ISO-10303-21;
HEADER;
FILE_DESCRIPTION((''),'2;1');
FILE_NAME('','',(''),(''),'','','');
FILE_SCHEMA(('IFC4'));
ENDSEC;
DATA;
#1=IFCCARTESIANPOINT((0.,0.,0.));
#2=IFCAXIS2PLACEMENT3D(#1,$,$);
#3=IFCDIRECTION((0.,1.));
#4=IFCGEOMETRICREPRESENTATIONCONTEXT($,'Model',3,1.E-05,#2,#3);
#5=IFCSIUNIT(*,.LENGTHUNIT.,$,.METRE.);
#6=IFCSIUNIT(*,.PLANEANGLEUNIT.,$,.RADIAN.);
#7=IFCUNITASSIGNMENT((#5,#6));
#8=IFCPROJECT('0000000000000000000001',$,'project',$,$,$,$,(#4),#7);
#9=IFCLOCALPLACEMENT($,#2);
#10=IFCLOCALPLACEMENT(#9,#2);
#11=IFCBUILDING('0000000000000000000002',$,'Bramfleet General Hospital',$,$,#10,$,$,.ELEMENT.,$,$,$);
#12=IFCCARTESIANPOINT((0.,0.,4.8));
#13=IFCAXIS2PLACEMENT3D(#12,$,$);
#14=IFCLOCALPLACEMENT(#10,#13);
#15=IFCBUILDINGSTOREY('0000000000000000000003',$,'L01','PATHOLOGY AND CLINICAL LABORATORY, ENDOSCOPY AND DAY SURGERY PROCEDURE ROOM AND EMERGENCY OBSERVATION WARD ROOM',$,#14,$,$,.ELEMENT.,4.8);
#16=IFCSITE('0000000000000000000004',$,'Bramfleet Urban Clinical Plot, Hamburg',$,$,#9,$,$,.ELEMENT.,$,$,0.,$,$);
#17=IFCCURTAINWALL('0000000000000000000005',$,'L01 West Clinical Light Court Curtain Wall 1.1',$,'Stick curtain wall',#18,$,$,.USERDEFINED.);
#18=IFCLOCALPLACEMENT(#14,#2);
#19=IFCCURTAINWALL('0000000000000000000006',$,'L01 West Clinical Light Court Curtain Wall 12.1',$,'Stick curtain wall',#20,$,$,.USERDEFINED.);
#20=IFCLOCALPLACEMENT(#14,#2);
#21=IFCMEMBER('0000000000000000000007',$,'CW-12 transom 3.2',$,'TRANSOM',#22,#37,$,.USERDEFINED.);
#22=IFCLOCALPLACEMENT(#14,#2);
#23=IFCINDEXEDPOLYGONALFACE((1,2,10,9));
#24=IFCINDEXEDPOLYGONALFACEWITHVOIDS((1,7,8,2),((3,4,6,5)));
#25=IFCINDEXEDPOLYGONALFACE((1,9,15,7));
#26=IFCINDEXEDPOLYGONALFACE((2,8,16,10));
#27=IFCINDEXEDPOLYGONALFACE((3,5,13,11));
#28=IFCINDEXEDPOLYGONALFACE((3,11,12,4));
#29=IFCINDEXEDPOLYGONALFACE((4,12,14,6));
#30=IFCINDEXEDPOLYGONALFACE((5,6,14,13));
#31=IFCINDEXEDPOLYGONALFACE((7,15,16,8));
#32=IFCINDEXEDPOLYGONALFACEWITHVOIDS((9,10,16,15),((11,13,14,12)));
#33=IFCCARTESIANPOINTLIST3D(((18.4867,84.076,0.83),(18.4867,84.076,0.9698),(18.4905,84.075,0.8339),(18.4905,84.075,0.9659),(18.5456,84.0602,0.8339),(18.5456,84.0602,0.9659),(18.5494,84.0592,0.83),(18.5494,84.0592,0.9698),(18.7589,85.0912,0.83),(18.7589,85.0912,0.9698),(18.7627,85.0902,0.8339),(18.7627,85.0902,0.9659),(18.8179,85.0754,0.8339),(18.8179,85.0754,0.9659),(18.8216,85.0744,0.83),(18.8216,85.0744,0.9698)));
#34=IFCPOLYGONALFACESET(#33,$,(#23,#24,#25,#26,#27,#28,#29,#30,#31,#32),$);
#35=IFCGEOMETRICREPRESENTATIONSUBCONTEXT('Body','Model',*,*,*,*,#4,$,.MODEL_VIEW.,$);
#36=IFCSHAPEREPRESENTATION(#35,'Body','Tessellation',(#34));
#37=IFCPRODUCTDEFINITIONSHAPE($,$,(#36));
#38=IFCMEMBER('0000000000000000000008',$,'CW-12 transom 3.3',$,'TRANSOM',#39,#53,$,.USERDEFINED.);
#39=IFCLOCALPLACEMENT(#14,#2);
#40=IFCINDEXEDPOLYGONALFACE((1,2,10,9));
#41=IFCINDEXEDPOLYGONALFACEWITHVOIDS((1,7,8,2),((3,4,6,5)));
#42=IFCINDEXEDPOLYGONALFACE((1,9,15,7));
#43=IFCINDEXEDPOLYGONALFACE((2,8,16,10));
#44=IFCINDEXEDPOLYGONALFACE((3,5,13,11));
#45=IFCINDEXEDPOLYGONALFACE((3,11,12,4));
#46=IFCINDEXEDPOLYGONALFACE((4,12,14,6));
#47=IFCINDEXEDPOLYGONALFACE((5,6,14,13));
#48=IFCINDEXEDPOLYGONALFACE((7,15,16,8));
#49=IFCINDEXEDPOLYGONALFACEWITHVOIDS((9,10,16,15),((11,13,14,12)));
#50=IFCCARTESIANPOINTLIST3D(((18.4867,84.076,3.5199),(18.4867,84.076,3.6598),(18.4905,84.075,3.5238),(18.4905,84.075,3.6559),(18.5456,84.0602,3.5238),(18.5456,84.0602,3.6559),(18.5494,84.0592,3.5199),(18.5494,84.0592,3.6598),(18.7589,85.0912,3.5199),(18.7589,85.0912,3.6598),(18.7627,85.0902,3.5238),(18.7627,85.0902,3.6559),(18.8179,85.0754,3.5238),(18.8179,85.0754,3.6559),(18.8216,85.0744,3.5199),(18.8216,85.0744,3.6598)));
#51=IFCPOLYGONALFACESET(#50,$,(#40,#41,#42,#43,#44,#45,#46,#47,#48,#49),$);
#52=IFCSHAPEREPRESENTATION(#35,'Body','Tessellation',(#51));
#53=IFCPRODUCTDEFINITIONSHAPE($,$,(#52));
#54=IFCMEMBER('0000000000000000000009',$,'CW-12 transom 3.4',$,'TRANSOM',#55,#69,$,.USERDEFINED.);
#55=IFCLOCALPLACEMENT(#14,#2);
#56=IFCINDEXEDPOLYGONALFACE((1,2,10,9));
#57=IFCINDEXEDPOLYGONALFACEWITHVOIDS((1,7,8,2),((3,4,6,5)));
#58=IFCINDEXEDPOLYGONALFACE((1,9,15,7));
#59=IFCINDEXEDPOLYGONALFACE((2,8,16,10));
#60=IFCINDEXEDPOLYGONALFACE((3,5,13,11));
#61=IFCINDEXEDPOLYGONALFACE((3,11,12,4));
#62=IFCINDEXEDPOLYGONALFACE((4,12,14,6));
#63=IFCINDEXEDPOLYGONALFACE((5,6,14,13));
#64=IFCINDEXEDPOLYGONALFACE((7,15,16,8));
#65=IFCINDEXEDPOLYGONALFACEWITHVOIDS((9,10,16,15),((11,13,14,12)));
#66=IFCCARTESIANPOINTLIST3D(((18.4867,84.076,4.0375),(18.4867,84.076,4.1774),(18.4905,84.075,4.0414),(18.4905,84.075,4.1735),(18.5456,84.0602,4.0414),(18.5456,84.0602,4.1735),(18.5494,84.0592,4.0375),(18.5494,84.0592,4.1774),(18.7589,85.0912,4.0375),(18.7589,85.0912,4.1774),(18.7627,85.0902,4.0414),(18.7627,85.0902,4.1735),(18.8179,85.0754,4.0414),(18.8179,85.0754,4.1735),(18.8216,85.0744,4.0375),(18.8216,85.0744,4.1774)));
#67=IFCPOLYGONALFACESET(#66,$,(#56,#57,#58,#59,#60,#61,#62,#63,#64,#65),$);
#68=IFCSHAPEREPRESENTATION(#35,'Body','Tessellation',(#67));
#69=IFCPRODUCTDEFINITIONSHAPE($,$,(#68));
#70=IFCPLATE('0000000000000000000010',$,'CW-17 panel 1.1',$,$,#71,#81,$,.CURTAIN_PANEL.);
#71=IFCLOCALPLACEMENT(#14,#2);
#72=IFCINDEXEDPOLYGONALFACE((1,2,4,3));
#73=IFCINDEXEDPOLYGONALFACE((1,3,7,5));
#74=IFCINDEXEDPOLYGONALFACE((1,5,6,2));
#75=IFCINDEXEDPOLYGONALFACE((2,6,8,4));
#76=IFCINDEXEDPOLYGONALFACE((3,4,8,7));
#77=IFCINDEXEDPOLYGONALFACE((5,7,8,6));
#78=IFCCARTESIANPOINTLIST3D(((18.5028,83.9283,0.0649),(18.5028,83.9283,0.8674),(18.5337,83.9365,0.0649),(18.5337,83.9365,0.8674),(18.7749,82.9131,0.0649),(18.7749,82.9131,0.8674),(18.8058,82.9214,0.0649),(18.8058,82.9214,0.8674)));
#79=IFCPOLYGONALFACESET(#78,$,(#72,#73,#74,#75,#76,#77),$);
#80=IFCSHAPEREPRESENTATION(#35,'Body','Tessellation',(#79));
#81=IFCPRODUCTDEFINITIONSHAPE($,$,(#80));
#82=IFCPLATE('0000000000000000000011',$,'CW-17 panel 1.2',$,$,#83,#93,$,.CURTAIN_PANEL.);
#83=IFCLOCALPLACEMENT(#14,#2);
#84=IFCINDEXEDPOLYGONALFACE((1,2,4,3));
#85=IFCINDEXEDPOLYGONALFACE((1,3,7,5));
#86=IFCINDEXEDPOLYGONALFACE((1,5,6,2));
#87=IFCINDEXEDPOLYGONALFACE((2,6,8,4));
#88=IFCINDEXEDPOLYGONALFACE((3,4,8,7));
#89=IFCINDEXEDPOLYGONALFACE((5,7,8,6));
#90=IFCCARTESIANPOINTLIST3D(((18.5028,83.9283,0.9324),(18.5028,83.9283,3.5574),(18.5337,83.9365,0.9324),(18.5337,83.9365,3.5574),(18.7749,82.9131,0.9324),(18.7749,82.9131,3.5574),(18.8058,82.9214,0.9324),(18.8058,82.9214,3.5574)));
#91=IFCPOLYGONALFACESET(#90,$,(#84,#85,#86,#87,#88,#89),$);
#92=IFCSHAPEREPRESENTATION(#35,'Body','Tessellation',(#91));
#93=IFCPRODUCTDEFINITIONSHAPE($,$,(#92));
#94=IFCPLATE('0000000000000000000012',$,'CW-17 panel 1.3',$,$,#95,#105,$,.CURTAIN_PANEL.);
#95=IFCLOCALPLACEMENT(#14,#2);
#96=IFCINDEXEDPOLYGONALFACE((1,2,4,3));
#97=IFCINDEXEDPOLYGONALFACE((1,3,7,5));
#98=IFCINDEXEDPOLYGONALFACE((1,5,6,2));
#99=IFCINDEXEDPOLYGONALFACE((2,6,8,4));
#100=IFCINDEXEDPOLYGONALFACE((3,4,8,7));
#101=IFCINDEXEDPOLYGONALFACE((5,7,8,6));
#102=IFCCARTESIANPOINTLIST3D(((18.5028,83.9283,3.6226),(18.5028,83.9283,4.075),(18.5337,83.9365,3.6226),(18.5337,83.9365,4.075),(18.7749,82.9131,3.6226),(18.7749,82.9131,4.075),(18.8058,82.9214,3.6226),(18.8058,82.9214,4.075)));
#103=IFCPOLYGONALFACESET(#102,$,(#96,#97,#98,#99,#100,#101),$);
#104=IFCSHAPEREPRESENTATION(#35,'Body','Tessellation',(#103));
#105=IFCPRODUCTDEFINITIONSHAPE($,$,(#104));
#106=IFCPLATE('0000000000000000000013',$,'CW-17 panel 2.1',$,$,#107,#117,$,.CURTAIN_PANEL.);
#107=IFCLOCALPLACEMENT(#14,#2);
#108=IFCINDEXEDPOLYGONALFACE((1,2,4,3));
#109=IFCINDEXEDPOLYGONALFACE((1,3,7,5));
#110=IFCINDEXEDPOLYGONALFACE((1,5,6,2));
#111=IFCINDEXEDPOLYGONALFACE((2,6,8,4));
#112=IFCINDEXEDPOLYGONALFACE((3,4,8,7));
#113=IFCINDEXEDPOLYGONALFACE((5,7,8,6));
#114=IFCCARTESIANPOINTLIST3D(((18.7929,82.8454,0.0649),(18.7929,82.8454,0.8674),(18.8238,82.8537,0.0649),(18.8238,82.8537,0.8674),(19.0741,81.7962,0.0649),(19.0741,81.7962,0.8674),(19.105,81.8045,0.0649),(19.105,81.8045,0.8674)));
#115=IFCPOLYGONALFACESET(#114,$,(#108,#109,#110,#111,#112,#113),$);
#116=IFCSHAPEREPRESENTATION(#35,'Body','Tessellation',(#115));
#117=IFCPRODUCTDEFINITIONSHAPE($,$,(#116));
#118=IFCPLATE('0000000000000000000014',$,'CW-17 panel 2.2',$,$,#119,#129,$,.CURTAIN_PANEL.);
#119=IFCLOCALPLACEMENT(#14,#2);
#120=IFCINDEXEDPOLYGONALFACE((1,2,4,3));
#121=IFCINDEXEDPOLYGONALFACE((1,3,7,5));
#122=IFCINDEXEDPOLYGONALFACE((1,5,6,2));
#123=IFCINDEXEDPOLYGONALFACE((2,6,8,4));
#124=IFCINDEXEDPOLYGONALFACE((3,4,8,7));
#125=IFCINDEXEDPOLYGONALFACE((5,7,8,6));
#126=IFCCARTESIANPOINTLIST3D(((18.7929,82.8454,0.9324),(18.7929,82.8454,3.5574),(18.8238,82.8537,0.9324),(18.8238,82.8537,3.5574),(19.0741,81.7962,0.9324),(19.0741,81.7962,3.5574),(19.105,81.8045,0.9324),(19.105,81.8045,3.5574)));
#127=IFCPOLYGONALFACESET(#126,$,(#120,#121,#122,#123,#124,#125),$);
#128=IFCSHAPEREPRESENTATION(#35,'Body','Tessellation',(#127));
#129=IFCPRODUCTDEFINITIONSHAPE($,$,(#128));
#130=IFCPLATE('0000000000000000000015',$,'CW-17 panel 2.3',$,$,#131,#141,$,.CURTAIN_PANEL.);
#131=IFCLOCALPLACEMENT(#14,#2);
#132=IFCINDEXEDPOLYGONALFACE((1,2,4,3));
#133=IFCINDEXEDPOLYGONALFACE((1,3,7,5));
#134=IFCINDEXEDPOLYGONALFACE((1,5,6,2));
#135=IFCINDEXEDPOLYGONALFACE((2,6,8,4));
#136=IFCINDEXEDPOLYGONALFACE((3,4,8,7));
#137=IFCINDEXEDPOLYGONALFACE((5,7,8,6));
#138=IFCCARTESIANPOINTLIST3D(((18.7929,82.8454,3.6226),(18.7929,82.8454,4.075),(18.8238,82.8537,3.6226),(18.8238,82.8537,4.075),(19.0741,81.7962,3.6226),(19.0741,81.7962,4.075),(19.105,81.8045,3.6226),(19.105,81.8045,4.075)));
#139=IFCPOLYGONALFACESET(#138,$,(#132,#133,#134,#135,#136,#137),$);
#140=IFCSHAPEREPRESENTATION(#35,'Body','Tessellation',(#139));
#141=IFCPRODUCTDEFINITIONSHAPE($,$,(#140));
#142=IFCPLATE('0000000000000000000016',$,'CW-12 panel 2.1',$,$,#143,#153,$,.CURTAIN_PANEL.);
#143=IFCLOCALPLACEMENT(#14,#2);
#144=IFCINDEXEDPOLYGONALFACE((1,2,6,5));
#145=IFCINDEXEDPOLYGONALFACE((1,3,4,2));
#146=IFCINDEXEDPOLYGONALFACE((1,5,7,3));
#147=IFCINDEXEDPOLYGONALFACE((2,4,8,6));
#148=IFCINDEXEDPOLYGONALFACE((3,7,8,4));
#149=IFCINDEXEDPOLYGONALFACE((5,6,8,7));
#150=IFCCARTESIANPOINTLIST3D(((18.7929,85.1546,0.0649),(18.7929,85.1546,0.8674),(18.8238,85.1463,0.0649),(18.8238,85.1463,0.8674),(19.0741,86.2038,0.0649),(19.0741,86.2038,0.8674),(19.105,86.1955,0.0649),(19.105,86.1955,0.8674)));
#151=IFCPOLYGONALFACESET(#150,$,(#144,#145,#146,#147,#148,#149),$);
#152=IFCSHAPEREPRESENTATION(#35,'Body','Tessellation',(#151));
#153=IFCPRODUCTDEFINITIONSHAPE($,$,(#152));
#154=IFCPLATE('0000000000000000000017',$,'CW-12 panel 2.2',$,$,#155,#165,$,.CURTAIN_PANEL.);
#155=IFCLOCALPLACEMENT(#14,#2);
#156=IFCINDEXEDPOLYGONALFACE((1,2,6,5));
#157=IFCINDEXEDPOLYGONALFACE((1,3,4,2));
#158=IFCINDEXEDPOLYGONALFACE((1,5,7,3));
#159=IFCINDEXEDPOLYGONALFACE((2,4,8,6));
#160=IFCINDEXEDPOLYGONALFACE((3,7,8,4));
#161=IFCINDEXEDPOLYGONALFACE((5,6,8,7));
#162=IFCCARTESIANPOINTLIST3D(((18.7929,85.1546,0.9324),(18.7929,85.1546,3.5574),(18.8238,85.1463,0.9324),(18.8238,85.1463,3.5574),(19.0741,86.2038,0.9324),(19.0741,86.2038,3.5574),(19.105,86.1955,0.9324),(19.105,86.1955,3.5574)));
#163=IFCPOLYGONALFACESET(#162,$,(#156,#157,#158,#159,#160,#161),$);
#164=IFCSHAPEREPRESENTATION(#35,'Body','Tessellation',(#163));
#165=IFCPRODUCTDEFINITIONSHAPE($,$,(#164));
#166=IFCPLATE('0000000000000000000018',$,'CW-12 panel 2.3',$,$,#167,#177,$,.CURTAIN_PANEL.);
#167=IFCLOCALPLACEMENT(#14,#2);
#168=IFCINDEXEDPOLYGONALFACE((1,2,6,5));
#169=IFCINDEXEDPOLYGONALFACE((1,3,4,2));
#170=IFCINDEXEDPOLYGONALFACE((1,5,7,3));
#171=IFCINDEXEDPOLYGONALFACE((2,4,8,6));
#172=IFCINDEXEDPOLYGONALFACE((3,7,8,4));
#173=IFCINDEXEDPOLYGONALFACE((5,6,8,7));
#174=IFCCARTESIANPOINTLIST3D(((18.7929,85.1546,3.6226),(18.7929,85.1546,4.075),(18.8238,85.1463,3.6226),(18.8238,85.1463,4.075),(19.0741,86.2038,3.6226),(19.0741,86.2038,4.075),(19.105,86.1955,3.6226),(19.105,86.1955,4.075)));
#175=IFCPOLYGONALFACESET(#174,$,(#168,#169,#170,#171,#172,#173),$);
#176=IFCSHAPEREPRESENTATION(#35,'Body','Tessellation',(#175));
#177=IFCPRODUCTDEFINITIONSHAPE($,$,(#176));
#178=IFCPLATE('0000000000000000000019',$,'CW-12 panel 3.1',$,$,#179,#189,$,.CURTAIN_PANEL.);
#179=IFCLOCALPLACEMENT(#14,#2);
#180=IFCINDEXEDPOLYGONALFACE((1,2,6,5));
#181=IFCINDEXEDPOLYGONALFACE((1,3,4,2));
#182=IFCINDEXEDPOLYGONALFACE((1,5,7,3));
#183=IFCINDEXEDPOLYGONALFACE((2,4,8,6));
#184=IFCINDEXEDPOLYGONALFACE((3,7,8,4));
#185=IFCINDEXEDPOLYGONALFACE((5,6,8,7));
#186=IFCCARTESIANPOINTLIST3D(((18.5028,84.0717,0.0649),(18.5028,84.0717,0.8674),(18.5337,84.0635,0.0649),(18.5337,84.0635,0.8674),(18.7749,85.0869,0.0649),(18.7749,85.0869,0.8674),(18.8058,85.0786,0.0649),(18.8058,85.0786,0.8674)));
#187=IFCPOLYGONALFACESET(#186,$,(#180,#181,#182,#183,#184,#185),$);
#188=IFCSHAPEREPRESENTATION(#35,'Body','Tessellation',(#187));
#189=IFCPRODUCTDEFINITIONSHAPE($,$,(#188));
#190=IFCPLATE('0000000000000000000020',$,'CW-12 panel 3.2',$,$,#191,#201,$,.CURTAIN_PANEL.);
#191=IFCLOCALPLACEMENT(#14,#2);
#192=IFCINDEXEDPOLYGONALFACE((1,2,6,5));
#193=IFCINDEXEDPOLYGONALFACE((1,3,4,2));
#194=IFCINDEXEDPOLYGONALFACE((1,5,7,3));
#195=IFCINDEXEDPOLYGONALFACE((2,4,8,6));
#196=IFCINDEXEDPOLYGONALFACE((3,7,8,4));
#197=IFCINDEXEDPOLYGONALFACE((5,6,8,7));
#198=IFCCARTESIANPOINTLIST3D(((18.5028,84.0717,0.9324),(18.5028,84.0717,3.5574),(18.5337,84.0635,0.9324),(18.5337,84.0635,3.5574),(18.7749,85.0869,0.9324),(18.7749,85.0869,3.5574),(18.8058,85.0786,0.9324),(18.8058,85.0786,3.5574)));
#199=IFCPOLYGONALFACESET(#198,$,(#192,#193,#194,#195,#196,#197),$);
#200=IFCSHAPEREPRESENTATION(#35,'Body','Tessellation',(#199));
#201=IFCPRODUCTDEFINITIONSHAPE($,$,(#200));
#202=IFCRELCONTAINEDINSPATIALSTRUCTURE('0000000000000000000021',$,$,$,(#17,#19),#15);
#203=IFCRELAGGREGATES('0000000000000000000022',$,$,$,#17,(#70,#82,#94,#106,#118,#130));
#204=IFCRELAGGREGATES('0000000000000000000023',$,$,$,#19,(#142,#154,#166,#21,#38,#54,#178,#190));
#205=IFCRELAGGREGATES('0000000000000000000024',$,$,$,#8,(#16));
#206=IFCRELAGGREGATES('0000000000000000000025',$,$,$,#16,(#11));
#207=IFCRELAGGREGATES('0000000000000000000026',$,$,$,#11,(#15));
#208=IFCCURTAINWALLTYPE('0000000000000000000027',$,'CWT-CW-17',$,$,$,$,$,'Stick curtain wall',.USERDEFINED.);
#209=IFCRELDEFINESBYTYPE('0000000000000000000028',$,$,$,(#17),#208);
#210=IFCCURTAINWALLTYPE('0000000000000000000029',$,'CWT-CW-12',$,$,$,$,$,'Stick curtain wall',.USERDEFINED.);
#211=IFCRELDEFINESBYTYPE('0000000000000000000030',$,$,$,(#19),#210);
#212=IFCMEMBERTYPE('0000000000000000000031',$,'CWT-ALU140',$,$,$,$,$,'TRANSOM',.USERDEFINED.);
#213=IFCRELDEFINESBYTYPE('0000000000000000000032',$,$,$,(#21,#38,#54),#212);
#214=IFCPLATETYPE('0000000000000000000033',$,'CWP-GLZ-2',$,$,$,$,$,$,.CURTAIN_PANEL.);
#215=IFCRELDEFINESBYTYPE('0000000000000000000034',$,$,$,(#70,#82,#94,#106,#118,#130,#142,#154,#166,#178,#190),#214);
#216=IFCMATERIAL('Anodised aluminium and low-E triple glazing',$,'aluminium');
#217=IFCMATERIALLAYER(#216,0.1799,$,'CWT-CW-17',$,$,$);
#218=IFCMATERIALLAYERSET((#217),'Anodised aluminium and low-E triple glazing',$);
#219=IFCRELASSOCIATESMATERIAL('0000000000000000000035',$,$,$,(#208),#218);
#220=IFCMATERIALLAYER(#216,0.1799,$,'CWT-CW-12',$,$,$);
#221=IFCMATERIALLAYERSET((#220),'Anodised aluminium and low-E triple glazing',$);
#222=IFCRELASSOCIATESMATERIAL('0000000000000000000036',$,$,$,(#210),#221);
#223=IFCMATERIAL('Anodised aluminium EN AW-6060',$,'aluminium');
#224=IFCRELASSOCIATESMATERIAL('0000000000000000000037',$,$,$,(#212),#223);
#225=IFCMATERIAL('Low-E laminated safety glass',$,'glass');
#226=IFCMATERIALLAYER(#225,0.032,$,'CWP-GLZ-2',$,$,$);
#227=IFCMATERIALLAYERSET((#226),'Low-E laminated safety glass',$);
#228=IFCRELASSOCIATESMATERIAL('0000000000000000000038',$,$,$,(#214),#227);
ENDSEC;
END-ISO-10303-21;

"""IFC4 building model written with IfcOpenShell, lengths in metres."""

from ifc_helpers import new_model, si_unit, direction, frame, origin, origin_2d, place, context, subcontext, project, spatial, rectangle, hollow_rectangle, extrude, material, layer, layer_set, material_profile, profile_set, type_object, element, aggregate, save


model = new_model("IFC4")

# Units and contexts
model_context = context("Model", 3, precision=1e-05, world=origin(), true_north=direction((0.0, 1.0)))
body_context = subcontext(model_context, "Body", "Model", "MODEL_VIEW")
ifc_project = project(units=[si_unit("LENGTHUNIT", "METRE"), si_unit("PLANEANGLEUNIT", "RADIAN")], contexts=[model_context])

# Site, building, storey
site_placement = place(None, origin())
site = spatial("IfcSite", under=ifc_project, at=site_placement, Name="Bramfleet Urban Clinical Plot, Hamburg", CompositionType="ELEMENT", RefElevation=0.0)
building_placement = place(site_placement, origin())
building = spatial("IfcBuilding", under=site, at=building_placement, Name="Bramfleet General Hospital", CompositionType="ELEMENT")
storey_placement = place(building_placement, frame((0.0, 0.0, 4.8)))
storey = spatial("IfcBuildingStorey", under=building, at=storey_placement, Name="L01", Description="PATHOLOGY AND CLINICAL LABORATORY, ENDOSCOPY AND DAY SURGERY PROCEDURE ROOM AND EMERGENCY OBSERVATION WARD ROOM", CompositionType="ELEMENT", Elevation=4.8)

# Curtain walls
ifc_material_1 = material(Name="Anodised aluminium and low-E triple glazing", Category="aluminium")
ifc_layer_1 = layer(ifc_material_1, 0.1799, Name="CWT-CW-17")
ifc_layer_set_1 = layer_set([ifc_layer_1], Name="Anodised aluminium and low-E triple glazing")
curtain_wall_type_1 = type_object("IfcCurtainWallType", Name="CWT-CW-17", ElementType="Stick curtain wall", PredefinedType="USERDEFINED", material=ifc_layer_set_1)
curtain_wall_1_placement = place(storey_placement, origin())
curtain_wall_1 = element("IfcCurtainWall", 1, at=curtain_wall_1_placement, inside=storey, type_object=curtain_wall_type_1, Name="L01 West Clinical Light Court Curtain Wall 1.1", ObjectType="Stick curtain wall", PredefinedType="USERDEFINED")
ifc_material_2 = material(Name="Anodised aluminium EN AW-6060", Category="aluminium")
ifc_layer_2 = layer(ifc_material_1, 0.1799, Name="CWT-CW-12")
ifc_layer_set_2 = layer_set([ifc_layer_2], Name="Anodised aluminium and low-E triple glazing")
curtain_wall_type_2 = type_object("IfcCurtainWallType", Name="CWT-CW-12", ElementType="Stick curtain wall", PredefinedType="USERDEFINED", material=ifc_layer_set_2)
curtain_wall_2_placement = place(storey_placement, origin())
curtain_wall_2 = element("IfcCurtainWall", 2, at=curtain_wall_2_placement, inside=storey, type_object=curtain_wall_type_2, Name="L01 West Clinical Light Court Curtain Wall 12.1", ObjectType="Stick curtain wall", PredefinedType="USERDEFINED")

# Members
ifc_material_profile_1 = material_profile(ifc_material_2, hollow_rectangle(XDim=0.0649, YDim=0.1399, WallThickness=0.0039, at=origin_2d()), Name="ALU 140x65x4.0")
ifc_profile_set_1 = profile_set([ifc_material_profile_1], Name="Anodised aluminium EN AW-6060")
member_type_1 = type_object("IfcMemberType", Name="CWT-ALU140", ElementType="TRANSOM", PredefinedType="USERDEFINED", material=ifc_profile_set_1)
member_1_placement = place(storey_placement, frame((18.7903, 85.0828, 0.8999), z_axis=(-0.259007, -0.965875, 0.0), x_axis=(0.965875, -0.259007, 0.0)))
member_1 = element("IfcMember", 3, at=member_1_placement, type_object=member_type_1, Name="CW-12 transom 3.2", ObjectType="TRANSOM", PredefinedType="USERDEFINED", context=body_context, shape_type="SweptSolid", body=[
    extrude(hollow_rectangle(XDim=0.0649, YDim=0.1399, WallThickness=0.0039, at=origin_2d()), origin(), (0.0, 0.0, 1.0), 1.051),
])
member_2_placement = place(storey_placement, frame((18.7903, 85.0828, 3.5898), z_axis=(-0.259007, -0.965875, 0.0), x_axis=(0.965875, -0.259007, 0.0)))
member_2 = element("IfcMember", 4, at=member_2_placement, type_object=member_type_1, Name="CW-12 transom 3.3", ObjectType="TRANSOM", PredefinedType="USERDEFINED", context=body_context, shape_type="SweptSolid", body=[
    extrude(hollow_rectangle(XDim=0.0649, YDim=0.1399, WallThickness=0.0039, at=origin_2d()), origin(), (0.0, 0.0, 1.0), 1.051),
])
member_3_placement = place(storey_placement, frame((18.7903, 85.0828, 4.1074), z_axis=(-0.259007, -0.965875, 0.0), x_axis=(0.965875, -0.259007, 0.0)))
member_3 = element("IfcMember", 5, at=member_3_placement, type_object=member_type_1, Name="CW-12 transom 3.4", ObjectType="TRANSOM", PredefinedType="USERDEFINED", context=body_context, shape_type="SweptSolid", body=[
    extrude(hollow_rectangle(XDim=0.0649, YDim=0.1399, WallThickness=0.0039, at=origin_2d()), origin(), (0.0, 0.0, 1.0), 1.051),
])

# Plates
ifc_material_3 = material(Name="Low-E laminated safety glass", Category="glass")
ifc_layer_3 = layer(ifc_material_3, 0.032, Name="CWP-GLZ-2")
ifc_layer_set_3 = layer_set([ifc_layer_3], Name="Low-E laminated safety glass")
plate_type = type_object("IfcPlateType", Name="CWP-GLZ-2", PredefinedType="CURTAIN_PANEL", material=ifc_layer_set_3)
plate_1_placement = place(storey_placement, frame((18.6543, 83.4248, 0.0649), z_axis=(0.0, 0.0, 1.0), x_axis=(0.258919, -0.965899, 0.0)))
plate_1 = element("IfcPlate", 6, at=plate_1_placement, type_object=plate_type, Name="CW-17 panel 1.1", PredefinedType="CURTAIN_PANEL", context=body_context, shape_type="SweptSolid", body=[
    extrude(rectangle(XDim=1.051, YDim=0.032, at=origin_2d()), origin(), (0.0, 0.0, 1.0), 0.8025),
])
plate_2_placement = place(storey_placement, frame((18.6543, 83.4248, 0.9324), z_axis=(0.0, 0.0, 1.0), x_axis=(0.258919, -0.965899, 0.0)))
plate_2 = element("IfcPlate", 7, at=plate_2_placement, type_object=plate_type, Name="CW-17 panel 1.2", PredefinedType="CURTAIN_PANEL", context=body_context, shape_type="SweptSolid", body=[
    extrude(rectangle(XDim=1.051, YDim=0.032, at=origin_2d()), origin(), (0.0, 0.0, 1.0), 2.625),
])
plate_3_placement = place(storey_placement, frame((18.6543, 83.4248, 3.6226), z_axis=(0.0, 0.0, 1.0), x_axis=(0.258919, -0.965899, 0.0)))
plate_3 = element("IfcPlate", 8, at=plate_3_placement, type_object=plate_type, Name="CW-17 panel 1.3", PredefinedType="CURTAIN_PANEL", context=body_context, shape_type="SweptSolid", body=[
    extrude(rectangle(XDim=1.051, YDim=0.032, at=origin_2d()), origin(), (0.0, 0.0, 1.0), 0.4524),
])
plate_4_placement = place(storey_placement, frame((18.949, 82.325, 0.0649), z_axis=(0.0, 0.0, 1.0), x_axis=(0.258919, -0.965899, 0.0)))
plate_4 = element("IfcPlate", 9, at=plate_4_placement, type_object=plate_type, Name="CW-17 panel 2.1", PredefinedType="CURTAIN_PANEL", context=body_context, shape_type="SweptSolid", body=[
    extrude(rectangle(XDim=1.0862, YDim=0.032, at=origin_2d()), origin(), (0.0, 0.0, 1.0), 0.8025),
])
plate_5_placement = place(storey_placement, frame((18.949, 82.325, 0.9324), z_axis=(0.0, 0.0, 1.0), x_axis=(0.258919, -0.965899, 0.0)))
plate_5 = element("IfcPlate", 10, at=plate_5_placement, type_object=plate_type, Name="CW-17 panel 2.2", PredefinedType="CURTAIN_PANEL", context=body_context, shape_type="SweptSolid", body=[
    extrude(rectangle(XDim=1.0862, YDim=0.032, at=origin_2d()), origin(), (0.0, 0.0, 1.0), 2.625),
])
plate_6_placement = place(storey_placement, frame((18.949, 82.325, 3.6226), z_axis=(0.0, 0.0, 1.0), x_axis=(0.258919, -0.965899, 0.0)))
plate_6 = element("IfcPlate", 11, at=plate_6_placement, type_object=plate_type, Name="CW-17 panel 2.3", PredefinedType="CURTAIN_PANEL", context=body_context, shape_type="SweptSolid", body=[
    extrude(rectangle(XDim=1.0862, YDim=0.032, at=origin_2d()), origin(), (0.0, 0.0, 1.0), 0.4524),
])
aggregate(curtain_wall_1, [plate_1, plate_2, plate_3, plate_4, plate_5, plate_6])
plate_7_placement = place(storey_placement, frame((18.949, 85.675, 0.0649), z_axis=(0.0, 0.0, 1.0), x_axis=(-0.258919, -0.965899, 0.0)))
plate_7 = element("IfcPlate", 12, at=plate_7_placement, type_object=plate_type, Name="CW-12 panel 2.1", PredefinedType="CURTAIN_PANEL", context=body_context, shape_type="SweptSolid", body=[
    extrude(rectangle(XDim=1.0862, YDim=0.032, at=origin_2d()), origin(), (0.0, 0.0, 1.0), 0.8025),
])
plate_8_placement = place(storey_placement, frame((18.949, 85.675, 0.9324), z_axis=(0.0, 0.0, 1.0), x_axis=(-0.258919, -0.965899, 0.0)))
plate_8 = element("IfcPlate", 13, at=plate_8_placement, type_object=plate_type, Name="CW-12 panel 2.2", PredefinedType="CURTAIN_PANEL", context=body_context, shape_type="SweptSolid", body=[
    extrude(rectangle(XDim=1.0862, YDim=0.032, at=origin_2d()), origin(), (0.0, 0.0, 1.0), 2.625),
])
plate_9_placement = place(storey_placement, frame((18.949, 85.675, 3.6226), z_axis=(0.0, 0.0, 1.0), x_axis=(-0.258919, -0.965899, 0.0)))
plate_9 = element("IfcPlate", 14, at=plate_9_placement, type_object=plate_type, Name="CW-12 panel 2.3", PredefinedType="CURTAIN_PANEL", context=body_context, shape_type="SweptSolid", body=[
    extrude(rectangle(XDim=1.0862, YDim=0.032, at=origin_2d()), origin(), (0.0, 0.0, 1.0), 0.4524),
])
plate_10_placement = place(storey_placement, frame((18.6543, 84.5752, 0.0649), z_axis=(0.0, 0.0, 1.0), x_axis=(-0.258919, -0.965899, 0.0)))
plate_10 = element("IfcPlate", 15, at=plate_10_placement, type_object=plate_type, Name="CW-12 panel 3.1", PredefinedType="CURTAIN_PANEL", context=body_context, shape_type="SweptSolid", body=[
    extrude(rectangle(XDim=1.051, YDim=0.032, at=origin_2d()), origin(), (0.0, 0.0, 1.0), 0.8025),
])
plate_11_placement = place(storey_placement, frame((18.6543, 84.5752, 0.9324), z_axis=(0.0, 0.0, 1.0), x_axis=(-0.258919, -0.965899, 0.0)))
plate_11 = element("IfcPlate", 16, at=plate_11_placement, type_object=plate_type, Name="CW-12 panel 3.2", PredefinedType="CURTAIN_PANEL", context=body_context, shape_type="SweptSolid", body=[
    extrude(rectangle(XDim=1.051, YDim=0.032, at=origin_2d()), origin(), (0.0, 0.0, 1.0), 2.625),
])
aggregate(curtain_wall_2, [plate_7, plate_8, plate_9, member_1, member_2, member_3, plate_10, plate_11])

save(model, "model.ifc")
